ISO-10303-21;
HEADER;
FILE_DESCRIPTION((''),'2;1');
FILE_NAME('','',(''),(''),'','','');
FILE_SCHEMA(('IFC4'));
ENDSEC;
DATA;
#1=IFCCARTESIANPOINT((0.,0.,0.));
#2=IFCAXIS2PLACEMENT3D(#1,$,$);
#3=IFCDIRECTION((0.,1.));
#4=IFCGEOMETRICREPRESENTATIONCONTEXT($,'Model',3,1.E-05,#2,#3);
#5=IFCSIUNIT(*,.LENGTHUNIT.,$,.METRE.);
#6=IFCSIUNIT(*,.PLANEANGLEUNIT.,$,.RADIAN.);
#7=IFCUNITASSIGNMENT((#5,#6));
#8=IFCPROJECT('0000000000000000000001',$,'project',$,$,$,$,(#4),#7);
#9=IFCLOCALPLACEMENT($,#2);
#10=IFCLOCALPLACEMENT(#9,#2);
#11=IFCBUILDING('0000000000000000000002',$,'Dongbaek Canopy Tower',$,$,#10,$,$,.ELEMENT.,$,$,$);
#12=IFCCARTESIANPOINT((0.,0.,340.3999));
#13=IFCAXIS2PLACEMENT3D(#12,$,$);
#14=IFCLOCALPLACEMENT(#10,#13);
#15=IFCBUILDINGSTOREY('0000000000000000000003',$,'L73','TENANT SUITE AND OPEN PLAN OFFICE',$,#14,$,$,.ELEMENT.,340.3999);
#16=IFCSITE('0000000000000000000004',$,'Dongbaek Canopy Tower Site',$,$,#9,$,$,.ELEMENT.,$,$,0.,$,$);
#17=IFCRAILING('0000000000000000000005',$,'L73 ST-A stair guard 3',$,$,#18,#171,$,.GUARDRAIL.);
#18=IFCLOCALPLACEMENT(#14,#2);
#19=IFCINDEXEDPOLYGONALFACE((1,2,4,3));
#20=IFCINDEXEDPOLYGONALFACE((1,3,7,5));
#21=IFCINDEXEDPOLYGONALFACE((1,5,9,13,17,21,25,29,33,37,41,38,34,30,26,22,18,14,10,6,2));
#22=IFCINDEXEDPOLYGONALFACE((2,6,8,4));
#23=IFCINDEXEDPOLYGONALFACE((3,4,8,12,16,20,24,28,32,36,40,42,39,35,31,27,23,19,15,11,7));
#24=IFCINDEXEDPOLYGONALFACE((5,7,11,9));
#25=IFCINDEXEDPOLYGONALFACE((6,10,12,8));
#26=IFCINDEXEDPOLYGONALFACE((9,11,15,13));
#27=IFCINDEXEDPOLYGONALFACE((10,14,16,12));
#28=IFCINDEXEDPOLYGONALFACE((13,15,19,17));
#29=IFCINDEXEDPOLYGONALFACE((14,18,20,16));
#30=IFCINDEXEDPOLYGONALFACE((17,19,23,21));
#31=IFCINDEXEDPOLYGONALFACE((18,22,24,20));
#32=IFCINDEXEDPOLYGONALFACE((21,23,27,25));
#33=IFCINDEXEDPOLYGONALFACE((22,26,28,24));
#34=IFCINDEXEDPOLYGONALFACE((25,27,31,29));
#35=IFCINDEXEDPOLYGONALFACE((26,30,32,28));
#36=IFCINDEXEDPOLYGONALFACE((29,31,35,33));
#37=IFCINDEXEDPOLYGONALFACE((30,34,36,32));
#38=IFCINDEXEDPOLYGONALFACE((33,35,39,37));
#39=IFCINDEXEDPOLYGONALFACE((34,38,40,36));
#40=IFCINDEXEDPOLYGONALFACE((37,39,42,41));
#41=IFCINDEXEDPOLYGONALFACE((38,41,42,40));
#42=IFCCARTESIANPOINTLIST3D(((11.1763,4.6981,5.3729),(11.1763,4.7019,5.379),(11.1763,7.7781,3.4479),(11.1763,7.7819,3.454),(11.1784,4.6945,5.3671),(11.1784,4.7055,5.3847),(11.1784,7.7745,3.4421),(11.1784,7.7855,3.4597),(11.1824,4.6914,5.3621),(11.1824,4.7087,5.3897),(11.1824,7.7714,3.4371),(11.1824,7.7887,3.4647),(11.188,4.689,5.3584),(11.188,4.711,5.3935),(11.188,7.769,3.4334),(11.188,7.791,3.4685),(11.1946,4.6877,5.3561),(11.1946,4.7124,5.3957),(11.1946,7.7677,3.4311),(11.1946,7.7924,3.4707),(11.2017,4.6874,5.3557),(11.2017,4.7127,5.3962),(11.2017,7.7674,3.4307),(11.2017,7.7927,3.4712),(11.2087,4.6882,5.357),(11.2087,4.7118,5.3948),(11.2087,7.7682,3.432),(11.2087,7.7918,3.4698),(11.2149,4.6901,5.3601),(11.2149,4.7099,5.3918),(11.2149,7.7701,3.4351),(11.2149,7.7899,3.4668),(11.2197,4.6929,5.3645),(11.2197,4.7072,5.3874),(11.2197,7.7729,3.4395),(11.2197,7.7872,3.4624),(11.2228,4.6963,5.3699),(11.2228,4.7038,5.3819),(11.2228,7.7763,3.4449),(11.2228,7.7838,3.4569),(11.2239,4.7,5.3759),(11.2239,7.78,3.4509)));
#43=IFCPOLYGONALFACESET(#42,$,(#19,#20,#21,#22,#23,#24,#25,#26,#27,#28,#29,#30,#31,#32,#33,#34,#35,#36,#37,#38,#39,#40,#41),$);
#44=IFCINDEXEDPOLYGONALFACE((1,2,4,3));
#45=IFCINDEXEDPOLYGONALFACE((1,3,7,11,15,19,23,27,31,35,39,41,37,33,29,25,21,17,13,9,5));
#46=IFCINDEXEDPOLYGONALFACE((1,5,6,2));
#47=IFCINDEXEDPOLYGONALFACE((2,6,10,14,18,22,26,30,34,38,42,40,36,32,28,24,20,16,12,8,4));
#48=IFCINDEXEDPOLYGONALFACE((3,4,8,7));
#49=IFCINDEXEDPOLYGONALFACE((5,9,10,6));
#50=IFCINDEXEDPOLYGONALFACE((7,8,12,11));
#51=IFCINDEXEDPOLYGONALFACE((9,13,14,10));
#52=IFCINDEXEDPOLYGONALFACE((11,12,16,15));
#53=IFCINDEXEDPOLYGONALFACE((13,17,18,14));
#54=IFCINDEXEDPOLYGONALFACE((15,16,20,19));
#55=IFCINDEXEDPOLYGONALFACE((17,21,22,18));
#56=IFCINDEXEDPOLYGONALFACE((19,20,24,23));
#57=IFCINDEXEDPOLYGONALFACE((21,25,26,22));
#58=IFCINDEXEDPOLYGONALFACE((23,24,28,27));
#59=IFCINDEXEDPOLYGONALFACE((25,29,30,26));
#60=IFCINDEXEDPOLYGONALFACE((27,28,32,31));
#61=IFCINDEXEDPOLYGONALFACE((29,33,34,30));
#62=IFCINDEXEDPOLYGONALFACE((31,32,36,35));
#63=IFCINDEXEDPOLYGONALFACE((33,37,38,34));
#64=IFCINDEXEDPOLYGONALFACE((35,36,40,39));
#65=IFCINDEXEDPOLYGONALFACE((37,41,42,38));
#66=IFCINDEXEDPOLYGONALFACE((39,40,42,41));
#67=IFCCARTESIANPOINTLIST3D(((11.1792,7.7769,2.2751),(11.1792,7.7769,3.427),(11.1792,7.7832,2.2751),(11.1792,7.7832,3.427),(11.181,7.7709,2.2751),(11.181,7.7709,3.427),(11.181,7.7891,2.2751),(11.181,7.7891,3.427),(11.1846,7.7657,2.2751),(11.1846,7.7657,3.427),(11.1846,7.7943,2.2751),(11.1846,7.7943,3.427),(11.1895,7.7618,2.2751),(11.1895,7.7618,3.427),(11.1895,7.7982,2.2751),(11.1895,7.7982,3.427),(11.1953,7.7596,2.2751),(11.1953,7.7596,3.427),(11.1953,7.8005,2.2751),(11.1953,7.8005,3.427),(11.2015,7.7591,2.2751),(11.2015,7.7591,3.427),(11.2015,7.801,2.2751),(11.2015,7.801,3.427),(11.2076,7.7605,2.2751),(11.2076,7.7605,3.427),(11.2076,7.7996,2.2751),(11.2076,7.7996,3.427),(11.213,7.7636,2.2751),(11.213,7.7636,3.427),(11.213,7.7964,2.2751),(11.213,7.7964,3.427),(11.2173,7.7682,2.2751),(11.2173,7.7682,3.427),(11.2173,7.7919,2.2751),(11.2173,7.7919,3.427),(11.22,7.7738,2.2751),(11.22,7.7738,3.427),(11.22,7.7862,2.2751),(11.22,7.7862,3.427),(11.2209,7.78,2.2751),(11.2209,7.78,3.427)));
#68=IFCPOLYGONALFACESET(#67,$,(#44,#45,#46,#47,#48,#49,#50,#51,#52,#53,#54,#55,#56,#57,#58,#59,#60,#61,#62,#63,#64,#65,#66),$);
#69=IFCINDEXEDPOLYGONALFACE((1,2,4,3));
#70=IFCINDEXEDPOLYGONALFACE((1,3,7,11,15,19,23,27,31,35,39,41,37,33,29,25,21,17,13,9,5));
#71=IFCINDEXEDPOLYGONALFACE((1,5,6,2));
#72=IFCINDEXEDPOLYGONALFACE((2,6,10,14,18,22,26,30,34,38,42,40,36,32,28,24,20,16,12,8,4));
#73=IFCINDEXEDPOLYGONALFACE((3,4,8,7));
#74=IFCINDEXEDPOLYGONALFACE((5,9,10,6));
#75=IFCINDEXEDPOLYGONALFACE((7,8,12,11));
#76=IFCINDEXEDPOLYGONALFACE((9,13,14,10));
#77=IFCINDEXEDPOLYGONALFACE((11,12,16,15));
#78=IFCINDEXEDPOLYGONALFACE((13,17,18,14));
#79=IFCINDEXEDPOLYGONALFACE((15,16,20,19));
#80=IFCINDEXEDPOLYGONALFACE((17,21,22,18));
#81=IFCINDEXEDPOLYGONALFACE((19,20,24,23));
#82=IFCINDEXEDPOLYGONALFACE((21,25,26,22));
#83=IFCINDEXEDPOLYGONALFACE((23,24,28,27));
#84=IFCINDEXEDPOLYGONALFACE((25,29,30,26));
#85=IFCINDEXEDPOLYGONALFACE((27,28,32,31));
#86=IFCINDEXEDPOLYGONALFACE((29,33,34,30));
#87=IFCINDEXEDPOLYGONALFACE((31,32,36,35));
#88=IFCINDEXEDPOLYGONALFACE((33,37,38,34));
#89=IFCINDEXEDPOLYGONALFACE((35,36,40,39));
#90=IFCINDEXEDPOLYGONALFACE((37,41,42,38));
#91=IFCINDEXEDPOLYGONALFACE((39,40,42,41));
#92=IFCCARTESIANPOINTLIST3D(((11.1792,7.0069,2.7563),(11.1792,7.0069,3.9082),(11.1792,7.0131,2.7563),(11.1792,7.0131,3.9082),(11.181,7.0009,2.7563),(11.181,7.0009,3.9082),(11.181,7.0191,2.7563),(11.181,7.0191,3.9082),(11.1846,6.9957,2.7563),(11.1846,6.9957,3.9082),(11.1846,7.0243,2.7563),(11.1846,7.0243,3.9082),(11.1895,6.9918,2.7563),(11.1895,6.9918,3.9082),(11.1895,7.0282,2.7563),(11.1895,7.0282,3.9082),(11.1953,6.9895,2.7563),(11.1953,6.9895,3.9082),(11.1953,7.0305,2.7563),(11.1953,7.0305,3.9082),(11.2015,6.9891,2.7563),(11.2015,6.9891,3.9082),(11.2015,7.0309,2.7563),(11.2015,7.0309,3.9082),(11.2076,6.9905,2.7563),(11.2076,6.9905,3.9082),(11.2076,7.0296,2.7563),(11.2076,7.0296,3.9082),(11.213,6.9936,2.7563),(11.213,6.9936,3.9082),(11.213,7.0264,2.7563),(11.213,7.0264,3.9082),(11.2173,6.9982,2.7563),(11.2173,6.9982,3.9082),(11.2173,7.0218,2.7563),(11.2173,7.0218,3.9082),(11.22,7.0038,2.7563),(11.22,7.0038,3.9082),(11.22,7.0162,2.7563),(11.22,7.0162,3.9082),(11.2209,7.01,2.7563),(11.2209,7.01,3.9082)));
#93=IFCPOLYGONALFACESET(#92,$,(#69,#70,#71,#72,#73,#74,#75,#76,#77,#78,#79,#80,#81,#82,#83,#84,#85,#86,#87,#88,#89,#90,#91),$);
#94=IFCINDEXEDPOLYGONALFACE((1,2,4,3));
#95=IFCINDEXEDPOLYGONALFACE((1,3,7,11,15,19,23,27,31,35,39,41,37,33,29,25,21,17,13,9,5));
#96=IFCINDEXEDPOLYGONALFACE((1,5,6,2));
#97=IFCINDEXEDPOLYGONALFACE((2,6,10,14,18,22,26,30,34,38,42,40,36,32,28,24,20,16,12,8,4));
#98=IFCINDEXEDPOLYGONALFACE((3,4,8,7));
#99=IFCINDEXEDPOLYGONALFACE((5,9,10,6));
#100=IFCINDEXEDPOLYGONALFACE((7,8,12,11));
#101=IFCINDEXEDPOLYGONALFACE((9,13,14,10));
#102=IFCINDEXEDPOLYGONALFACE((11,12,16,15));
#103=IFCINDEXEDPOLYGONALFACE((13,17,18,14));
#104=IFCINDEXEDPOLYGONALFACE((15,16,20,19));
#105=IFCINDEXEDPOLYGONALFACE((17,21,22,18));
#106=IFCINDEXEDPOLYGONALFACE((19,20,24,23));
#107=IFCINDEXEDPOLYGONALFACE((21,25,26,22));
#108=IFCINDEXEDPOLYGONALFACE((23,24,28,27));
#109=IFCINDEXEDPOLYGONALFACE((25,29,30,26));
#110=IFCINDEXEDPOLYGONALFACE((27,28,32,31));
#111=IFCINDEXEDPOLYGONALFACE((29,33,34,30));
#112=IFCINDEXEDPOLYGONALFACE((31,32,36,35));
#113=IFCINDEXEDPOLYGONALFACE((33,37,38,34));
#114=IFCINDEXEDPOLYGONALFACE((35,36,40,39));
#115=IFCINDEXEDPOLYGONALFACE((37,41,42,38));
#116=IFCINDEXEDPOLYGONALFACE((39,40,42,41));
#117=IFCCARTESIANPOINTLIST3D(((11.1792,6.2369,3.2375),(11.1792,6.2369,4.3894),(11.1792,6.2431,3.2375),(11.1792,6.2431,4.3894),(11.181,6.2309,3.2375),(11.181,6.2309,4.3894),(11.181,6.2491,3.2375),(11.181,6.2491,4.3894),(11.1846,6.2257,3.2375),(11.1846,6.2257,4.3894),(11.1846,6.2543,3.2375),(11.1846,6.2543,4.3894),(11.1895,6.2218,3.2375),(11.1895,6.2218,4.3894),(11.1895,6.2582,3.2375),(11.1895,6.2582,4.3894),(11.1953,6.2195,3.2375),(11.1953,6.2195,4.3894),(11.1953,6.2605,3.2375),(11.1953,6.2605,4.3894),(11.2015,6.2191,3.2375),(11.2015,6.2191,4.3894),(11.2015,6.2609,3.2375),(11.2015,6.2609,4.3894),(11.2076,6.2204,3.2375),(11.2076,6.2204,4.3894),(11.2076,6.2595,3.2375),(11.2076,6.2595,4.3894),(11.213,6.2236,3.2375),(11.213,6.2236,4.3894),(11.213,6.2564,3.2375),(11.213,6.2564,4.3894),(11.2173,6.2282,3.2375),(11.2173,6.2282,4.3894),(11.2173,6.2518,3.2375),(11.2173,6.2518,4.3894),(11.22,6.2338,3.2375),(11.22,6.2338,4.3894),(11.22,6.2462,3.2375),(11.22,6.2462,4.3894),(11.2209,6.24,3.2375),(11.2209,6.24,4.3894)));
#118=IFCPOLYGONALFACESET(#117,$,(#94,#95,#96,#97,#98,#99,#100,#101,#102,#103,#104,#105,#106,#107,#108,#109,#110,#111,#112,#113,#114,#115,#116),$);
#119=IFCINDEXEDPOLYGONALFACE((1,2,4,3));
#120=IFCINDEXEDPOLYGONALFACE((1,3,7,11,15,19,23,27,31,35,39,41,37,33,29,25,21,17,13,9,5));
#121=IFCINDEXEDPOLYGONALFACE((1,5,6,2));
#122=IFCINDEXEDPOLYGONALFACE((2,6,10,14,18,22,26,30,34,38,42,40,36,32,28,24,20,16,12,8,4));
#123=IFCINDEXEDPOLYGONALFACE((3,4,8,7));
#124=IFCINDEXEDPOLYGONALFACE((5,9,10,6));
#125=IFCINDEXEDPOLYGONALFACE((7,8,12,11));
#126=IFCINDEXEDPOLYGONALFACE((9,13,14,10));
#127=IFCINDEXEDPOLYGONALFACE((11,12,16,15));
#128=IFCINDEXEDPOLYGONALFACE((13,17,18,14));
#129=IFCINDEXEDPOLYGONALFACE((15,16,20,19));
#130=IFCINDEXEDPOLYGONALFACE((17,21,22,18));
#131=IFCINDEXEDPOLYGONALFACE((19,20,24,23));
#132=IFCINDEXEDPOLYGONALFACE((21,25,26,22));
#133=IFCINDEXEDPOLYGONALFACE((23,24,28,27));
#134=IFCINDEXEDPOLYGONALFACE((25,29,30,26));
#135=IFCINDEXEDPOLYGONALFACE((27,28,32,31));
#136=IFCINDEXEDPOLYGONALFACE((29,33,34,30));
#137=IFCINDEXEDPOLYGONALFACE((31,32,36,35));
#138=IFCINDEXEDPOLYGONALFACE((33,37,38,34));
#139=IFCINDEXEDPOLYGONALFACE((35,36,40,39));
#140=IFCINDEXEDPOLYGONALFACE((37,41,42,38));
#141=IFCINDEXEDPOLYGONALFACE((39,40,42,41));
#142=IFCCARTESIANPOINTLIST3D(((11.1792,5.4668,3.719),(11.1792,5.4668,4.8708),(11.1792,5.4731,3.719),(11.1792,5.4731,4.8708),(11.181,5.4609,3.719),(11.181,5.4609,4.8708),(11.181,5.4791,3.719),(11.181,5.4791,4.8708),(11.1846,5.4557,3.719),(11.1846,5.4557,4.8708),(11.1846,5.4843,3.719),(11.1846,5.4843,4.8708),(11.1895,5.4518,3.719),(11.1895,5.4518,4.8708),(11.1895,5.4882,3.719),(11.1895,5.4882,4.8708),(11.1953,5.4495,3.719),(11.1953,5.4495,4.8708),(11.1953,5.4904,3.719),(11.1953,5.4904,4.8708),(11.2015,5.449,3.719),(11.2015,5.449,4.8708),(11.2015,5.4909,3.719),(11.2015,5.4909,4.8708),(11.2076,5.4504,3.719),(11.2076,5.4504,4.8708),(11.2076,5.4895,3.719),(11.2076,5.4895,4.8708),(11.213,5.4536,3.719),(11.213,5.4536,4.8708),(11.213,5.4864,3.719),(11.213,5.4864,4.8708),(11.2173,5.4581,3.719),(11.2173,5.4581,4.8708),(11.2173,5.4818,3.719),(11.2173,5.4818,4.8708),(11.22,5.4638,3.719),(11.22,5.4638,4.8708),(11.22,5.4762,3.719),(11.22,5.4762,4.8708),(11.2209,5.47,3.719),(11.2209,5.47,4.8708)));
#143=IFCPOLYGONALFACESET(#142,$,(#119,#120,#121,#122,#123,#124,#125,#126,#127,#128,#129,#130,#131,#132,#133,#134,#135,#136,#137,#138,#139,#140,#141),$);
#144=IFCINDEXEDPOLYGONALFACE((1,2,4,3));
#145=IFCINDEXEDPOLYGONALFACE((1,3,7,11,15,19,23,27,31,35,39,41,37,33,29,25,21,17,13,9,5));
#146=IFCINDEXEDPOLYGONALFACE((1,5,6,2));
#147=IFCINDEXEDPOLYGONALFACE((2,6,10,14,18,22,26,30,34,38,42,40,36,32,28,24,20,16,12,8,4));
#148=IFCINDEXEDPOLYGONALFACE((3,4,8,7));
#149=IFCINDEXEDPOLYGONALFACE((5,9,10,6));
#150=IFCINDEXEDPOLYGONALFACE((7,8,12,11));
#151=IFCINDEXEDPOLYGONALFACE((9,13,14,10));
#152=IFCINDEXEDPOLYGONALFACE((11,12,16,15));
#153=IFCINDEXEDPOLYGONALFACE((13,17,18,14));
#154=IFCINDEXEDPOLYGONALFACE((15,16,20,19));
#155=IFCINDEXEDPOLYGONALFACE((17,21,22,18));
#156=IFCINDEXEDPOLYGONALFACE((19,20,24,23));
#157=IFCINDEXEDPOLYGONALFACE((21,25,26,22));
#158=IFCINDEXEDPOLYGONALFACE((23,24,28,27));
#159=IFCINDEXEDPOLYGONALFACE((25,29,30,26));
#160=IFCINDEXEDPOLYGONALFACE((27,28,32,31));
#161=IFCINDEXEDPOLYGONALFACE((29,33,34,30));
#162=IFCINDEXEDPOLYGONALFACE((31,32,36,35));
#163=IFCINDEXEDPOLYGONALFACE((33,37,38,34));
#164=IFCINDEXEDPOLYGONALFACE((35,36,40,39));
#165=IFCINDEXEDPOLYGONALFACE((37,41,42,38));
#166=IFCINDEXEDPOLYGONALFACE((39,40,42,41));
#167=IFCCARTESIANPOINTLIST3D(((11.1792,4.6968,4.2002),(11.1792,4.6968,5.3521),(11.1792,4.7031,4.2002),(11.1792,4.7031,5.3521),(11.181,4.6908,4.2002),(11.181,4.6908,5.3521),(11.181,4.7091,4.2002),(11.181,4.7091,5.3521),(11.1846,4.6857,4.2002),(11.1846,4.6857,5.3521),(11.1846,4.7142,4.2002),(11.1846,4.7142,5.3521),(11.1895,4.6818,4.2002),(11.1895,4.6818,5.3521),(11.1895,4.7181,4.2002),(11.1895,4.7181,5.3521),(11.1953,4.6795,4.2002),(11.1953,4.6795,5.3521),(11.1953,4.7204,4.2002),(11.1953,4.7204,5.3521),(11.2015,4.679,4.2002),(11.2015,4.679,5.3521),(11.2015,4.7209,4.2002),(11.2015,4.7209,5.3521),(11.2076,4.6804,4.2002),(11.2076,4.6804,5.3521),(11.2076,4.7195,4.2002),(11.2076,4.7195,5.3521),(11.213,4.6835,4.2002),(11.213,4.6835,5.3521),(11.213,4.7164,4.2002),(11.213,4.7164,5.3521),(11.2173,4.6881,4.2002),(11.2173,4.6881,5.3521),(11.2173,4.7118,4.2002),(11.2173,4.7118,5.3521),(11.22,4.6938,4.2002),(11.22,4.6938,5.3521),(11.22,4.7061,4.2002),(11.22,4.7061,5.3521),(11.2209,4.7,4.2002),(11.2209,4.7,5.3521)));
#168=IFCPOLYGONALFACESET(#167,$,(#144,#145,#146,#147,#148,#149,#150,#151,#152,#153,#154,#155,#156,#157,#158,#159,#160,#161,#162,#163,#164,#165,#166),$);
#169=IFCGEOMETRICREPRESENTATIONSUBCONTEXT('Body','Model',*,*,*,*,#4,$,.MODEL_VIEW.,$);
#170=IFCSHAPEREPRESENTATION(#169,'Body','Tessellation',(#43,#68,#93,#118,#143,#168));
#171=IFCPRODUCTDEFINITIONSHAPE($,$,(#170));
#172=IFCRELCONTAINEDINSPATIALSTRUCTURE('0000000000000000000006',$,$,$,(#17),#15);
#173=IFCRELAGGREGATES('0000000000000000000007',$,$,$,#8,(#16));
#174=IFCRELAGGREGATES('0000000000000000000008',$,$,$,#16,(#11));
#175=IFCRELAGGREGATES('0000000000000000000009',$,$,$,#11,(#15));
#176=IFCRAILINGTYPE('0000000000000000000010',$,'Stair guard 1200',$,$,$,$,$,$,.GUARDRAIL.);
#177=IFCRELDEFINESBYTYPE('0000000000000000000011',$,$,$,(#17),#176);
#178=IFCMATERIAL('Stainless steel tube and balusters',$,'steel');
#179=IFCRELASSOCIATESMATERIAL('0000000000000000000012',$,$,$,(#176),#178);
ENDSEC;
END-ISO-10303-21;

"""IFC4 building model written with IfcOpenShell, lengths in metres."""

from ifc_helpers import new_model, si_unit, direction, frame, origin, origin_2d, place, context, subcontext, project, spatial, circle, extrude, material, type_object, element, save


model = new_model("IFC4")

# Units and contexts
model_context = context("Model", 3, precision=1e-05, world=origin(), true_north=direction((0.0, 1.0)))
body_context = subcontext(model_context, "Body", "Model", "MODEL_VIEW")
ifc_project = project(units=[si_unit("LENGTHUNIT", "METRE"), si_unit("PLANEANGLEUNIT", "RADIAN")], contexts=[model_context])

# Site, building, storey
site_placement = place(None, origin())
site = spatial("IfcSite", under=ifc_project, at=site_placement, Name="Dongbaek Canopy Tower Site", CompositionType="ELEMENT", RefElevation=0.0)
building_placement = place(site_placement, origin())
building = spatial("IfcBuilding", under=site, at=building_placement, Name="Dongbaek Canopy Tower", CompositionType="ELEMENT")
storey_placement = place(building_placement, frame((0.0, 0.0, 340.3999)))
storey = spatial("IfcBuildingStorey", under=building, at=storey_placement, Name="L73", Description="TENANT SUITE AND OPEN PLAN OFFICE", CompositionType="ELEMENT", Elevation=340.3999)

# Railing
ifc_material_1 = material(Name="Stainless steel tube and balusters", Category="steel")
railing_type_1 = type_object("IfcRailingType", Name="Stair guard 1200", PredefinedType="GUARDRAIL", material=ifc_material_1)
railing_1_placement = place(storey_placement, frame((11.2, 7.78, 2.2751)))
element("IfcRailing", 1, at=railing_1_placement, inside=storey, type_object=railing_type_1, Name="L73 ST-A stair guard 3", PredefinedType="GUARDRAIL", context=body_context, shape_type="SweptSolid", body=[
    extrude(circle(Radius=0.0239, at=origin_2d()), frame((0.0, 0.0, 1.1758), z_axis=(0.0, -0.847998, 0.529999), x_axis=(1.0, 0.0, 0.0)), (0.0, 0.0, 1.0), 3.6321),
    extrude(circle(Radius=0.021, at=origin_2d()), origin(), (0.0, 0.0, 1.0), 1.1519),
    extrude(circle(Radius=0.021, at=origin_2d()), frame((0.0, -0.77, 0.4812)), (0.0, 0.0, 1.0), 1.1519),
    extrude(circle(Radius=0.021, at=origin_2d()), frame((0.0, -1.54, 0.9624)), (0.0, 0.0, 1.0), 1.1519),
    extrude(circle(Radius=0.021, at=origin_2d()), frame((0.0, -2.3101, 1.4438)), (0.0, 0.0, 1.0), 1.1519),
    extrude(circle(Radius=0.021, at=origin_2d()), frame((0.0, -3.0801, 1.925)), (0.0, 0.0, 1.0), 1.1519),
])

save(model, "model.ifc")
